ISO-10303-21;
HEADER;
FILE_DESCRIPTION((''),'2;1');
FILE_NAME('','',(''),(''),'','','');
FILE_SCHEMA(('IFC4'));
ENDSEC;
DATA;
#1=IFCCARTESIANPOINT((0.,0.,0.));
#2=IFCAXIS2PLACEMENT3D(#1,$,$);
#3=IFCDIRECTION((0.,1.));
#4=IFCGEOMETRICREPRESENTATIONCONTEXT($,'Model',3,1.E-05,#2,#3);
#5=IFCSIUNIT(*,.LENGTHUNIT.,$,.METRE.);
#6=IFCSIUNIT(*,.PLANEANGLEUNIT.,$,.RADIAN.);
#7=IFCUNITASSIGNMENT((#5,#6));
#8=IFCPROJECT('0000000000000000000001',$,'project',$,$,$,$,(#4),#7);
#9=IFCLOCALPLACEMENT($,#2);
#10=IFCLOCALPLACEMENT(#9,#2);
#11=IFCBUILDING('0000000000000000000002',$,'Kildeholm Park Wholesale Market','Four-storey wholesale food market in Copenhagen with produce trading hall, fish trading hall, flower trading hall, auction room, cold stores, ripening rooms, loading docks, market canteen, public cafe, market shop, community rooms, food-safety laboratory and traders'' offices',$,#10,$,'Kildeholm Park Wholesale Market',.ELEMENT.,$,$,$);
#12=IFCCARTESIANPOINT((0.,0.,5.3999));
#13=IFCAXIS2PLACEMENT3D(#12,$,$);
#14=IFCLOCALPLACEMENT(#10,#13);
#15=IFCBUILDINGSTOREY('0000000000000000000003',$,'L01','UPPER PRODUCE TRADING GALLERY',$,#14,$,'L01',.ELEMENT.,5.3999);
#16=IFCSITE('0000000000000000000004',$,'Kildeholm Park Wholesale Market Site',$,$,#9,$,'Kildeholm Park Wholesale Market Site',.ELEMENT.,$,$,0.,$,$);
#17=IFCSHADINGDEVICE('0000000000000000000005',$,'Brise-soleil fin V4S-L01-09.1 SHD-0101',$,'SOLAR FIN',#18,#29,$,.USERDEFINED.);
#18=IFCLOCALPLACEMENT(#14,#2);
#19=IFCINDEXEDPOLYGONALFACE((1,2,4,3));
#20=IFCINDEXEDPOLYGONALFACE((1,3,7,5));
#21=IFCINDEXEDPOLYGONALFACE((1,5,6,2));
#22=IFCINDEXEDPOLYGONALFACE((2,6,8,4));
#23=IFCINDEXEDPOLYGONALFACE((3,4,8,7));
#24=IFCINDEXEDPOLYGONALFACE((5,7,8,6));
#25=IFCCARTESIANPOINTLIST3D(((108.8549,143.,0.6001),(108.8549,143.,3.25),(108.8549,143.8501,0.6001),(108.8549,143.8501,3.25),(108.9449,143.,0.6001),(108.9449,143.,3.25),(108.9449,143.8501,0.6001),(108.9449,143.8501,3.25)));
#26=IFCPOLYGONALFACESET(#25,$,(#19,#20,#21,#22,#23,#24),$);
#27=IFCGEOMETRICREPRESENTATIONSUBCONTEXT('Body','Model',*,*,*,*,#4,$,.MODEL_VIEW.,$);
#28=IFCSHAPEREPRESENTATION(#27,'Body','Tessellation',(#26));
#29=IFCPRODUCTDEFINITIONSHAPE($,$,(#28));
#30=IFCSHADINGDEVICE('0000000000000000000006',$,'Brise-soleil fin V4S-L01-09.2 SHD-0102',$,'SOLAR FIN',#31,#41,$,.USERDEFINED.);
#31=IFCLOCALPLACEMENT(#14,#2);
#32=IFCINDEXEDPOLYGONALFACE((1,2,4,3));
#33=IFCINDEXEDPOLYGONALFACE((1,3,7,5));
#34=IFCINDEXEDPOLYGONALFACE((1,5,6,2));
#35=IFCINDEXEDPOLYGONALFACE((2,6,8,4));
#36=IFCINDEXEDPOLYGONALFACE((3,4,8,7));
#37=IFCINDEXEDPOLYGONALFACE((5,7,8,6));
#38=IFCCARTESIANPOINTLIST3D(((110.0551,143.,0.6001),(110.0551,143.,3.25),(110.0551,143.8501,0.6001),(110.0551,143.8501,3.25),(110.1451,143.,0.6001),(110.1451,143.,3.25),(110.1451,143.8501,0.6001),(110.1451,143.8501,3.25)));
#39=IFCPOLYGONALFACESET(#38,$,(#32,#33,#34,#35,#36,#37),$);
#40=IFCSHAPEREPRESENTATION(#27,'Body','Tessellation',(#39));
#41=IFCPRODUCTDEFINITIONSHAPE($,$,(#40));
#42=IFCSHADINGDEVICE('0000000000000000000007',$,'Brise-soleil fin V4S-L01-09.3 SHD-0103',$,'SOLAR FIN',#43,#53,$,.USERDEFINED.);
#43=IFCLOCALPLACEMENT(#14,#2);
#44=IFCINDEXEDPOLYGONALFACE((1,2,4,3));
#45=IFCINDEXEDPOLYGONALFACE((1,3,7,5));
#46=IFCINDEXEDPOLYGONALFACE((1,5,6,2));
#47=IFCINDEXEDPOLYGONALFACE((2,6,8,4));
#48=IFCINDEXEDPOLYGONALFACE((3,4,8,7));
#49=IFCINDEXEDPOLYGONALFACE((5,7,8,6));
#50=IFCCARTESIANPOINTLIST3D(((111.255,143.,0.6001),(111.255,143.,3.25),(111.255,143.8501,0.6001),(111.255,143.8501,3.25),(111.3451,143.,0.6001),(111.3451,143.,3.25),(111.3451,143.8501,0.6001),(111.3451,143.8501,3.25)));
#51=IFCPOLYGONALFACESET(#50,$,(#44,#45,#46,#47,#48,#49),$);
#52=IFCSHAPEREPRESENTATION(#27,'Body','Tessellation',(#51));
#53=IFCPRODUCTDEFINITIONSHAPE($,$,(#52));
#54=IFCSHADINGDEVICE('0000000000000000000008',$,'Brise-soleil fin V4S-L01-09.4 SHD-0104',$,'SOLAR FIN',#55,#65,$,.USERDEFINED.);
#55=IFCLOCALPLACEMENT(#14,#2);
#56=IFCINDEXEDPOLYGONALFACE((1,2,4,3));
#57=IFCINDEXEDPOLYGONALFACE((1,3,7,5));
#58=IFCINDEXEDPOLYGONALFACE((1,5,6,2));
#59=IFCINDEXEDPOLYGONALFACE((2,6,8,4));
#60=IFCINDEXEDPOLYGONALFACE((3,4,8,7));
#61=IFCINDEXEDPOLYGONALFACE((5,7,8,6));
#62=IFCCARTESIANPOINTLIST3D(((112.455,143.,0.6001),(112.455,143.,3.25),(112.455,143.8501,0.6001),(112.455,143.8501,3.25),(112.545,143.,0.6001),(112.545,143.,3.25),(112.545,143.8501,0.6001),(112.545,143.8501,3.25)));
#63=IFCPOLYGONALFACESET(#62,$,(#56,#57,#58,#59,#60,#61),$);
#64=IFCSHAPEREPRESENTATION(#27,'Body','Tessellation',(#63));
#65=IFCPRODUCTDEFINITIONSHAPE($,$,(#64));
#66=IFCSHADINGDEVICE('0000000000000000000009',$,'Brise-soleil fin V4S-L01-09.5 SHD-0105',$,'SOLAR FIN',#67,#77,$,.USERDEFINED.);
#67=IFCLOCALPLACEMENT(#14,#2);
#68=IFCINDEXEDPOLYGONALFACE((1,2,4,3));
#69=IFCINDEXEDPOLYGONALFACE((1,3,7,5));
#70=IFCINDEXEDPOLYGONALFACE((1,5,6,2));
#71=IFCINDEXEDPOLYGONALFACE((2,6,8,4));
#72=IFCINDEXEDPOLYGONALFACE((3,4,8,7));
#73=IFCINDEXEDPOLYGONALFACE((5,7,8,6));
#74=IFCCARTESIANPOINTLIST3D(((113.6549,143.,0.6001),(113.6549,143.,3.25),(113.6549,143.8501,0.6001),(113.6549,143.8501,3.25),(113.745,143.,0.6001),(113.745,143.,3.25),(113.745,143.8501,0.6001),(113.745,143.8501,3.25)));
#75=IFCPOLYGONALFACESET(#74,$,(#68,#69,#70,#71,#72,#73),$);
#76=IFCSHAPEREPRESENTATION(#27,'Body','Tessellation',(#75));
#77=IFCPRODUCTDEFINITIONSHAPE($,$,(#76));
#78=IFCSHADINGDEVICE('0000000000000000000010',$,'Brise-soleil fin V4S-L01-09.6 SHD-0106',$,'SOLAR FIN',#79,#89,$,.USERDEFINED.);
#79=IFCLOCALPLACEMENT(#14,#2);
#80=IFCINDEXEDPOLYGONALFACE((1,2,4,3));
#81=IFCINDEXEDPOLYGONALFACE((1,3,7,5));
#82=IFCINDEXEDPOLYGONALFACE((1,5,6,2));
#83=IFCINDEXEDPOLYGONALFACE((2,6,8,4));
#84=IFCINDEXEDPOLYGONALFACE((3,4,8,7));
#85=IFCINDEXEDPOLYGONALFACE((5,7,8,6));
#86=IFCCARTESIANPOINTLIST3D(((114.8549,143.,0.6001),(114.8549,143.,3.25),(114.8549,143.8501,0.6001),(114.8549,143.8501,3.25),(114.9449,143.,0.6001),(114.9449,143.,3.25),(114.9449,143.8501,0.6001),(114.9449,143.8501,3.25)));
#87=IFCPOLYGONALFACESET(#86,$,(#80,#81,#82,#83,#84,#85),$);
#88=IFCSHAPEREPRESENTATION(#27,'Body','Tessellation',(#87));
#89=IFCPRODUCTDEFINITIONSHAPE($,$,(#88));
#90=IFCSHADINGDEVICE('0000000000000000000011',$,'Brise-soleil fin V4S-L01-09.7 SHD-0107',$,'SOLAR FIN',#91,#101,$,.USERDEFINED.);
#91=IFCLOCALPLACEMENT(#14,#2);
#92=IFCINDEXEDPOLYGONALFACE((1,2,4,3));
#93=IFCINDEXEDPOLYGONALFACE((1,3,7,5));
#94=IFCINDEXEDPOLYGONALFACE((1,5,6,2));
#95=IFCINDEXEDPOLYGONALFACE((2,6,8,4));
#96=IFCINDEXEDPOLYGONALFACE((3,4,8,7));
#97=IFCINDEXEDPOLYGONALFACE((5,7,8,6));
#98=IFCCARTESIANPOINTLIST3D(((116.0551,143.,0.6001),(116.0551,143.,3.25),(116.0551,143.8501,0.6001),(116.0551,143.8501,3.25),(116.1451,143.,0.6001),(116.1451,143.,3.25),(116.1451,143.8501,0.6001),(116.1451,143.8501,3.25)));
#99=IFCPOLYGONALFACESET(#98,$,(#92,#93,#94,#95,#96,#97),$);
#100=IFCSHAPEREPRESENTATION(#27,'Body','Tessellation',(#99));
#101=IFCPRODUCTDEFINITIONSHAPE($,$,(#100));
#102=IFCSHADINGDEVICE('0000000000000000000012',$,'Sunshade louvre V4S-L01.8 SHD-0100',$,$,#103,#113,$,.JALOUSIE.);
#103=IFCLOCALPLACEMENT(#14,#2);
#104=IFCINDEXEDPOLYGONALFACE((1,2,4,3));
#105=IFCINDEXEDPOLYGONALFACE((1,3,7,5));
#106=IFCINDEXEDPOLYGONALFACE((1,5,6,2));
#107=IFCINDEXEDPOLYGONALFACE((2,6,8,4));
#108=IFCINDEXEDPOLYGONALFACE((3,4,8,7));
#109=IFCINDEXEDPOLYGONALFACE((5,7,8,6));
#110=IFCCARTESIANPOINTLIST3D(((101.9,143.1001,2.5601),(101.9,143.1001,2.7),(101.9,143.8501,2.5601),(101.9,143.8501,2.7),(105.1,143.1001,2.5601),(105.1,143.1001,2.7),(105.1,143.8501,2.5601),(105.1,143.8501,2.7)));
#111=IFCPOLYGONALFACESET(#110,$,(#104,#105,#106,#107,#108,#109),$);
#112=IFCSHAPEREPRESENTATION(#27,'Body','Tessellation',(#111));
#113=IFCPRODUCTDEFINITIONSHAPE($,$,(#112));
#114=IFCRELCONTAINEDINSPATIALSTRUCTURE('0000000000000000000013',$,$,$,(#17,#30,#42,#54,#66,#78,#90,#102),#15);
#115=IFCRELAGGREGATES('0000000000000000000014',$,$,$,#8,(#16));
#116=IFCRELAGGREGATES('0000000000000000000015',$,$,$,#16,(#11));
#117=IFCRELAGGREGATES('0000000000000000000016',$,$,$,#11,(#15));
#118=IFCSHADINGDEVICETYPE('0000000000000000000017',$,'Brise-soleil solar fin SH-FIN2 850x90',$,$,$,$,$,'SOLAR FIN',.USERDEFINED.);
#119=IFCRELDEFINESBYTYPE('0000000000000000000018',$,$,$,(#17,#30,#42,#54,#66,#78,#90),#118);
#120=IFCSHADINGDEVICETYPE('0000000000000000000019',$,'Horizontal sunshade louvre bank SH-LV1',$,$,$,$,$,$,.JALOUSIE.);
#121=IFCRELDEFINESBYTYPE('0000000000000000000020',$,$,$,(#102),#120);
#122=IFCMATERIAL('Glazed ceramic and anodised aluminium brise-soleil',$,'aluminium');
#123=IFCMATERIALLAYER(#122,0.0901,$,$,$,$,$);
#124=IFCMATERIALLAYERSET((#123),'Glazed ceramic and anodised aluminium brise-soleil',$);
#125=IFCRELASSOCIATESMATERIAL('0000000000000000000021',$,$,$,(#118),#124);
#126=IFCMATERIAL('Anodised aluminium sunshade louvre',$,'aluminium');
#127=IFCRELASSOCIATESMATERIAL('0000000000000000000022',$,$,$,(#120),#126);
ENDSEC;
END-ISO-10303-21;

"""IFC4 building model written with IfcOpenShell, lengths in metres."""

from ifc_helpers import new_model, si_unit, direction, frame, origin, origin_2d, place, context, subcontext, project, spatial, rectangle, extrude, material, layer, layer_set, type_object, element, save


model = new_model("IFC4")

# Units and contexts
model_context = context("Model", 3, precision=1e-05, world=origin(), true_north=direction((0.0, 1.0)))
body_context = subcontext(model_context, "Body", "Model", "MODEL_VIEW")
ifc_project = project(units=[si_unit("LENGTHUNIT", "METRE"), si_unit("PLANEANGLEUNIT", "RADIAN")], contexts=[model_context])

# Site, building, storey
site_placement = place(None, origin())
site = spatial("IfcSite", under=ifc_project, at=site_placement, Name="Kildeholm Park Wholesale Market Site", LongName="Kildeholm Park Wholesale Market Site", CompositionType="ELEMENT", RefElevation=0.0)
building_placement = place(site_placement, origin())
building = spatial("IfcBuilding", under=site, at=building_placement, Name="Kildeholm Park Wholesale Market", Description="Four-storey wholesale food market in Copenhagen with produce trading hall, fish trading hall, flower trading hall, auction room, cold stores, ripening rooms, loading docks, market canteen, public cafe, market shop, community rooms, food-safety laboratory and traders' offices", LongName="Kildeholm Park Wholesale Market", CompositionType="ELEMENT")
storey_placement = place(building_placement, frame((0.0, 0.0, 5.3999)))
storey = spatial("IfcBuildingStorey", under=building, at=storey_placement, Name="L01", Description="UPPER PRODUCE TRADING GALLERY", LongName="L01", CompositionType="ELEMENT", Elevation=5.3999)

# Shading devices
ifc_material_1 = material(Name="Glazed ceramic and anodised aluminium brise-soleil", Category="aluminium")
ifc_layer_1 = layer(ifc_material_1, 0.0901)
ifc_layer_set_1 = layer_set([ifc_layer_1], Name="Glazed ceramic and anodised aluminium brise-soleil")
shading_device_type_1 = type_object("IfcShadingDeviceType", Name="Brise-soleil solar fin SH-FIN2 850x90", ElementType="SOLAR FIN", PredefinedType="USERDEFINED", material=ifc_layer_set_1)
for number, where, z_axis, x_axis, name in (
    (1, (108.8999, 143.425, 0.6001), (0.0, 0.0, 1.0), (0.0, -1.0, 0.0), "Brise-soleil fin V4S-L01-09.1 SHD-0101"),
    (2, (110.1001, 143.425, 0.6001), (0.0, 0.0, 1.0), (0.0, -1.0, 0.0), "Brise-soleil fin V4S-L01-09.2 SHD-0102"),
    (3, (111.3, 143.425, 0.6001), (0.0, 0.0, 1.0), (0.0, -1.0, 0.0), "Brise-soleil fin V4S-L01-09.3 SHD-0103"),
    (4, (112.5, 143.425, 0.6001), (0.0, 0.0, 1.0), (0.0, -1.0, 0.0), "Brise-soleil fin V4S-L01-09.4 SHD-0104"),
    (5, (113.7, 143.425, 0.6001), (0.0, 0.0, 1.0), (0.0, -1.0, 0.0), "Brise-soleil fin V4S-L01-09.5 SHD-0105"),
    (6, (114.8999, 143.425, 0.6001), (0.0, 0.0, 1.0), (0.0, -1.0, 0.0), "Brise-soleil fin V4S-L01-09.6 SHD-0106"),
    (7, (116.1001, 143.425, 0.6001), (0.0, 0.0, 1.0), (0.0, -1.0, 0.0), "Brise-soleil fin V4S-L01-09.7 SHD-0107"),
):
    element("IfcShadingDevice", number, at=place(storey_placement, frame(where, z_axis=z_axis, x_axis=x_axis)), inside=storey, type_object=shading_device_type_1, Name=name, ObjectType="SOLAR FIN", PredefinedType="USERDEFINED", context=body_context, shape_type="SweptSolid", body=[
        extrude(rectangle(XDim=0.8501, YDim=0.0901, at=origin_2d()), origin(), (0.0, 0.0, 1.0), 2.6499),
    ])
ifc_material_2 = material(Name="Anodised aluminium sunshade louvre", Category="aluminium")
shading_device_type_2 = type_object("IfcShadingDeviceType", Name="Horizontal sunshade louvre bank SH-LV1", PredefinedType="JALOUSIE", material=ifc_material_2)
shading_device_placement = place(storey_placement, frame((103.5, 143.4751, 2.5601), z_axis=(0.0, 0.0, 1.0), x_axis=(1.0, 0.0, 0.0)))
element("IfcShadingDevice", 8, at=shading_device_placement, inside=storey, type_object=shading_device_type_2, Name="Sunshade louvre V4S-L01.8 SHD-0100", PredefinedType="JALOUSIE", context=body_context, shape_type="SweptSolid", body=[
    extrude(rectangle(XDim=3.2, YDim=0.75, at=origin_2d()), origin(), (0.0, 0.0, 1.0), 0.1399),
])

save(model, "model.ifc")
